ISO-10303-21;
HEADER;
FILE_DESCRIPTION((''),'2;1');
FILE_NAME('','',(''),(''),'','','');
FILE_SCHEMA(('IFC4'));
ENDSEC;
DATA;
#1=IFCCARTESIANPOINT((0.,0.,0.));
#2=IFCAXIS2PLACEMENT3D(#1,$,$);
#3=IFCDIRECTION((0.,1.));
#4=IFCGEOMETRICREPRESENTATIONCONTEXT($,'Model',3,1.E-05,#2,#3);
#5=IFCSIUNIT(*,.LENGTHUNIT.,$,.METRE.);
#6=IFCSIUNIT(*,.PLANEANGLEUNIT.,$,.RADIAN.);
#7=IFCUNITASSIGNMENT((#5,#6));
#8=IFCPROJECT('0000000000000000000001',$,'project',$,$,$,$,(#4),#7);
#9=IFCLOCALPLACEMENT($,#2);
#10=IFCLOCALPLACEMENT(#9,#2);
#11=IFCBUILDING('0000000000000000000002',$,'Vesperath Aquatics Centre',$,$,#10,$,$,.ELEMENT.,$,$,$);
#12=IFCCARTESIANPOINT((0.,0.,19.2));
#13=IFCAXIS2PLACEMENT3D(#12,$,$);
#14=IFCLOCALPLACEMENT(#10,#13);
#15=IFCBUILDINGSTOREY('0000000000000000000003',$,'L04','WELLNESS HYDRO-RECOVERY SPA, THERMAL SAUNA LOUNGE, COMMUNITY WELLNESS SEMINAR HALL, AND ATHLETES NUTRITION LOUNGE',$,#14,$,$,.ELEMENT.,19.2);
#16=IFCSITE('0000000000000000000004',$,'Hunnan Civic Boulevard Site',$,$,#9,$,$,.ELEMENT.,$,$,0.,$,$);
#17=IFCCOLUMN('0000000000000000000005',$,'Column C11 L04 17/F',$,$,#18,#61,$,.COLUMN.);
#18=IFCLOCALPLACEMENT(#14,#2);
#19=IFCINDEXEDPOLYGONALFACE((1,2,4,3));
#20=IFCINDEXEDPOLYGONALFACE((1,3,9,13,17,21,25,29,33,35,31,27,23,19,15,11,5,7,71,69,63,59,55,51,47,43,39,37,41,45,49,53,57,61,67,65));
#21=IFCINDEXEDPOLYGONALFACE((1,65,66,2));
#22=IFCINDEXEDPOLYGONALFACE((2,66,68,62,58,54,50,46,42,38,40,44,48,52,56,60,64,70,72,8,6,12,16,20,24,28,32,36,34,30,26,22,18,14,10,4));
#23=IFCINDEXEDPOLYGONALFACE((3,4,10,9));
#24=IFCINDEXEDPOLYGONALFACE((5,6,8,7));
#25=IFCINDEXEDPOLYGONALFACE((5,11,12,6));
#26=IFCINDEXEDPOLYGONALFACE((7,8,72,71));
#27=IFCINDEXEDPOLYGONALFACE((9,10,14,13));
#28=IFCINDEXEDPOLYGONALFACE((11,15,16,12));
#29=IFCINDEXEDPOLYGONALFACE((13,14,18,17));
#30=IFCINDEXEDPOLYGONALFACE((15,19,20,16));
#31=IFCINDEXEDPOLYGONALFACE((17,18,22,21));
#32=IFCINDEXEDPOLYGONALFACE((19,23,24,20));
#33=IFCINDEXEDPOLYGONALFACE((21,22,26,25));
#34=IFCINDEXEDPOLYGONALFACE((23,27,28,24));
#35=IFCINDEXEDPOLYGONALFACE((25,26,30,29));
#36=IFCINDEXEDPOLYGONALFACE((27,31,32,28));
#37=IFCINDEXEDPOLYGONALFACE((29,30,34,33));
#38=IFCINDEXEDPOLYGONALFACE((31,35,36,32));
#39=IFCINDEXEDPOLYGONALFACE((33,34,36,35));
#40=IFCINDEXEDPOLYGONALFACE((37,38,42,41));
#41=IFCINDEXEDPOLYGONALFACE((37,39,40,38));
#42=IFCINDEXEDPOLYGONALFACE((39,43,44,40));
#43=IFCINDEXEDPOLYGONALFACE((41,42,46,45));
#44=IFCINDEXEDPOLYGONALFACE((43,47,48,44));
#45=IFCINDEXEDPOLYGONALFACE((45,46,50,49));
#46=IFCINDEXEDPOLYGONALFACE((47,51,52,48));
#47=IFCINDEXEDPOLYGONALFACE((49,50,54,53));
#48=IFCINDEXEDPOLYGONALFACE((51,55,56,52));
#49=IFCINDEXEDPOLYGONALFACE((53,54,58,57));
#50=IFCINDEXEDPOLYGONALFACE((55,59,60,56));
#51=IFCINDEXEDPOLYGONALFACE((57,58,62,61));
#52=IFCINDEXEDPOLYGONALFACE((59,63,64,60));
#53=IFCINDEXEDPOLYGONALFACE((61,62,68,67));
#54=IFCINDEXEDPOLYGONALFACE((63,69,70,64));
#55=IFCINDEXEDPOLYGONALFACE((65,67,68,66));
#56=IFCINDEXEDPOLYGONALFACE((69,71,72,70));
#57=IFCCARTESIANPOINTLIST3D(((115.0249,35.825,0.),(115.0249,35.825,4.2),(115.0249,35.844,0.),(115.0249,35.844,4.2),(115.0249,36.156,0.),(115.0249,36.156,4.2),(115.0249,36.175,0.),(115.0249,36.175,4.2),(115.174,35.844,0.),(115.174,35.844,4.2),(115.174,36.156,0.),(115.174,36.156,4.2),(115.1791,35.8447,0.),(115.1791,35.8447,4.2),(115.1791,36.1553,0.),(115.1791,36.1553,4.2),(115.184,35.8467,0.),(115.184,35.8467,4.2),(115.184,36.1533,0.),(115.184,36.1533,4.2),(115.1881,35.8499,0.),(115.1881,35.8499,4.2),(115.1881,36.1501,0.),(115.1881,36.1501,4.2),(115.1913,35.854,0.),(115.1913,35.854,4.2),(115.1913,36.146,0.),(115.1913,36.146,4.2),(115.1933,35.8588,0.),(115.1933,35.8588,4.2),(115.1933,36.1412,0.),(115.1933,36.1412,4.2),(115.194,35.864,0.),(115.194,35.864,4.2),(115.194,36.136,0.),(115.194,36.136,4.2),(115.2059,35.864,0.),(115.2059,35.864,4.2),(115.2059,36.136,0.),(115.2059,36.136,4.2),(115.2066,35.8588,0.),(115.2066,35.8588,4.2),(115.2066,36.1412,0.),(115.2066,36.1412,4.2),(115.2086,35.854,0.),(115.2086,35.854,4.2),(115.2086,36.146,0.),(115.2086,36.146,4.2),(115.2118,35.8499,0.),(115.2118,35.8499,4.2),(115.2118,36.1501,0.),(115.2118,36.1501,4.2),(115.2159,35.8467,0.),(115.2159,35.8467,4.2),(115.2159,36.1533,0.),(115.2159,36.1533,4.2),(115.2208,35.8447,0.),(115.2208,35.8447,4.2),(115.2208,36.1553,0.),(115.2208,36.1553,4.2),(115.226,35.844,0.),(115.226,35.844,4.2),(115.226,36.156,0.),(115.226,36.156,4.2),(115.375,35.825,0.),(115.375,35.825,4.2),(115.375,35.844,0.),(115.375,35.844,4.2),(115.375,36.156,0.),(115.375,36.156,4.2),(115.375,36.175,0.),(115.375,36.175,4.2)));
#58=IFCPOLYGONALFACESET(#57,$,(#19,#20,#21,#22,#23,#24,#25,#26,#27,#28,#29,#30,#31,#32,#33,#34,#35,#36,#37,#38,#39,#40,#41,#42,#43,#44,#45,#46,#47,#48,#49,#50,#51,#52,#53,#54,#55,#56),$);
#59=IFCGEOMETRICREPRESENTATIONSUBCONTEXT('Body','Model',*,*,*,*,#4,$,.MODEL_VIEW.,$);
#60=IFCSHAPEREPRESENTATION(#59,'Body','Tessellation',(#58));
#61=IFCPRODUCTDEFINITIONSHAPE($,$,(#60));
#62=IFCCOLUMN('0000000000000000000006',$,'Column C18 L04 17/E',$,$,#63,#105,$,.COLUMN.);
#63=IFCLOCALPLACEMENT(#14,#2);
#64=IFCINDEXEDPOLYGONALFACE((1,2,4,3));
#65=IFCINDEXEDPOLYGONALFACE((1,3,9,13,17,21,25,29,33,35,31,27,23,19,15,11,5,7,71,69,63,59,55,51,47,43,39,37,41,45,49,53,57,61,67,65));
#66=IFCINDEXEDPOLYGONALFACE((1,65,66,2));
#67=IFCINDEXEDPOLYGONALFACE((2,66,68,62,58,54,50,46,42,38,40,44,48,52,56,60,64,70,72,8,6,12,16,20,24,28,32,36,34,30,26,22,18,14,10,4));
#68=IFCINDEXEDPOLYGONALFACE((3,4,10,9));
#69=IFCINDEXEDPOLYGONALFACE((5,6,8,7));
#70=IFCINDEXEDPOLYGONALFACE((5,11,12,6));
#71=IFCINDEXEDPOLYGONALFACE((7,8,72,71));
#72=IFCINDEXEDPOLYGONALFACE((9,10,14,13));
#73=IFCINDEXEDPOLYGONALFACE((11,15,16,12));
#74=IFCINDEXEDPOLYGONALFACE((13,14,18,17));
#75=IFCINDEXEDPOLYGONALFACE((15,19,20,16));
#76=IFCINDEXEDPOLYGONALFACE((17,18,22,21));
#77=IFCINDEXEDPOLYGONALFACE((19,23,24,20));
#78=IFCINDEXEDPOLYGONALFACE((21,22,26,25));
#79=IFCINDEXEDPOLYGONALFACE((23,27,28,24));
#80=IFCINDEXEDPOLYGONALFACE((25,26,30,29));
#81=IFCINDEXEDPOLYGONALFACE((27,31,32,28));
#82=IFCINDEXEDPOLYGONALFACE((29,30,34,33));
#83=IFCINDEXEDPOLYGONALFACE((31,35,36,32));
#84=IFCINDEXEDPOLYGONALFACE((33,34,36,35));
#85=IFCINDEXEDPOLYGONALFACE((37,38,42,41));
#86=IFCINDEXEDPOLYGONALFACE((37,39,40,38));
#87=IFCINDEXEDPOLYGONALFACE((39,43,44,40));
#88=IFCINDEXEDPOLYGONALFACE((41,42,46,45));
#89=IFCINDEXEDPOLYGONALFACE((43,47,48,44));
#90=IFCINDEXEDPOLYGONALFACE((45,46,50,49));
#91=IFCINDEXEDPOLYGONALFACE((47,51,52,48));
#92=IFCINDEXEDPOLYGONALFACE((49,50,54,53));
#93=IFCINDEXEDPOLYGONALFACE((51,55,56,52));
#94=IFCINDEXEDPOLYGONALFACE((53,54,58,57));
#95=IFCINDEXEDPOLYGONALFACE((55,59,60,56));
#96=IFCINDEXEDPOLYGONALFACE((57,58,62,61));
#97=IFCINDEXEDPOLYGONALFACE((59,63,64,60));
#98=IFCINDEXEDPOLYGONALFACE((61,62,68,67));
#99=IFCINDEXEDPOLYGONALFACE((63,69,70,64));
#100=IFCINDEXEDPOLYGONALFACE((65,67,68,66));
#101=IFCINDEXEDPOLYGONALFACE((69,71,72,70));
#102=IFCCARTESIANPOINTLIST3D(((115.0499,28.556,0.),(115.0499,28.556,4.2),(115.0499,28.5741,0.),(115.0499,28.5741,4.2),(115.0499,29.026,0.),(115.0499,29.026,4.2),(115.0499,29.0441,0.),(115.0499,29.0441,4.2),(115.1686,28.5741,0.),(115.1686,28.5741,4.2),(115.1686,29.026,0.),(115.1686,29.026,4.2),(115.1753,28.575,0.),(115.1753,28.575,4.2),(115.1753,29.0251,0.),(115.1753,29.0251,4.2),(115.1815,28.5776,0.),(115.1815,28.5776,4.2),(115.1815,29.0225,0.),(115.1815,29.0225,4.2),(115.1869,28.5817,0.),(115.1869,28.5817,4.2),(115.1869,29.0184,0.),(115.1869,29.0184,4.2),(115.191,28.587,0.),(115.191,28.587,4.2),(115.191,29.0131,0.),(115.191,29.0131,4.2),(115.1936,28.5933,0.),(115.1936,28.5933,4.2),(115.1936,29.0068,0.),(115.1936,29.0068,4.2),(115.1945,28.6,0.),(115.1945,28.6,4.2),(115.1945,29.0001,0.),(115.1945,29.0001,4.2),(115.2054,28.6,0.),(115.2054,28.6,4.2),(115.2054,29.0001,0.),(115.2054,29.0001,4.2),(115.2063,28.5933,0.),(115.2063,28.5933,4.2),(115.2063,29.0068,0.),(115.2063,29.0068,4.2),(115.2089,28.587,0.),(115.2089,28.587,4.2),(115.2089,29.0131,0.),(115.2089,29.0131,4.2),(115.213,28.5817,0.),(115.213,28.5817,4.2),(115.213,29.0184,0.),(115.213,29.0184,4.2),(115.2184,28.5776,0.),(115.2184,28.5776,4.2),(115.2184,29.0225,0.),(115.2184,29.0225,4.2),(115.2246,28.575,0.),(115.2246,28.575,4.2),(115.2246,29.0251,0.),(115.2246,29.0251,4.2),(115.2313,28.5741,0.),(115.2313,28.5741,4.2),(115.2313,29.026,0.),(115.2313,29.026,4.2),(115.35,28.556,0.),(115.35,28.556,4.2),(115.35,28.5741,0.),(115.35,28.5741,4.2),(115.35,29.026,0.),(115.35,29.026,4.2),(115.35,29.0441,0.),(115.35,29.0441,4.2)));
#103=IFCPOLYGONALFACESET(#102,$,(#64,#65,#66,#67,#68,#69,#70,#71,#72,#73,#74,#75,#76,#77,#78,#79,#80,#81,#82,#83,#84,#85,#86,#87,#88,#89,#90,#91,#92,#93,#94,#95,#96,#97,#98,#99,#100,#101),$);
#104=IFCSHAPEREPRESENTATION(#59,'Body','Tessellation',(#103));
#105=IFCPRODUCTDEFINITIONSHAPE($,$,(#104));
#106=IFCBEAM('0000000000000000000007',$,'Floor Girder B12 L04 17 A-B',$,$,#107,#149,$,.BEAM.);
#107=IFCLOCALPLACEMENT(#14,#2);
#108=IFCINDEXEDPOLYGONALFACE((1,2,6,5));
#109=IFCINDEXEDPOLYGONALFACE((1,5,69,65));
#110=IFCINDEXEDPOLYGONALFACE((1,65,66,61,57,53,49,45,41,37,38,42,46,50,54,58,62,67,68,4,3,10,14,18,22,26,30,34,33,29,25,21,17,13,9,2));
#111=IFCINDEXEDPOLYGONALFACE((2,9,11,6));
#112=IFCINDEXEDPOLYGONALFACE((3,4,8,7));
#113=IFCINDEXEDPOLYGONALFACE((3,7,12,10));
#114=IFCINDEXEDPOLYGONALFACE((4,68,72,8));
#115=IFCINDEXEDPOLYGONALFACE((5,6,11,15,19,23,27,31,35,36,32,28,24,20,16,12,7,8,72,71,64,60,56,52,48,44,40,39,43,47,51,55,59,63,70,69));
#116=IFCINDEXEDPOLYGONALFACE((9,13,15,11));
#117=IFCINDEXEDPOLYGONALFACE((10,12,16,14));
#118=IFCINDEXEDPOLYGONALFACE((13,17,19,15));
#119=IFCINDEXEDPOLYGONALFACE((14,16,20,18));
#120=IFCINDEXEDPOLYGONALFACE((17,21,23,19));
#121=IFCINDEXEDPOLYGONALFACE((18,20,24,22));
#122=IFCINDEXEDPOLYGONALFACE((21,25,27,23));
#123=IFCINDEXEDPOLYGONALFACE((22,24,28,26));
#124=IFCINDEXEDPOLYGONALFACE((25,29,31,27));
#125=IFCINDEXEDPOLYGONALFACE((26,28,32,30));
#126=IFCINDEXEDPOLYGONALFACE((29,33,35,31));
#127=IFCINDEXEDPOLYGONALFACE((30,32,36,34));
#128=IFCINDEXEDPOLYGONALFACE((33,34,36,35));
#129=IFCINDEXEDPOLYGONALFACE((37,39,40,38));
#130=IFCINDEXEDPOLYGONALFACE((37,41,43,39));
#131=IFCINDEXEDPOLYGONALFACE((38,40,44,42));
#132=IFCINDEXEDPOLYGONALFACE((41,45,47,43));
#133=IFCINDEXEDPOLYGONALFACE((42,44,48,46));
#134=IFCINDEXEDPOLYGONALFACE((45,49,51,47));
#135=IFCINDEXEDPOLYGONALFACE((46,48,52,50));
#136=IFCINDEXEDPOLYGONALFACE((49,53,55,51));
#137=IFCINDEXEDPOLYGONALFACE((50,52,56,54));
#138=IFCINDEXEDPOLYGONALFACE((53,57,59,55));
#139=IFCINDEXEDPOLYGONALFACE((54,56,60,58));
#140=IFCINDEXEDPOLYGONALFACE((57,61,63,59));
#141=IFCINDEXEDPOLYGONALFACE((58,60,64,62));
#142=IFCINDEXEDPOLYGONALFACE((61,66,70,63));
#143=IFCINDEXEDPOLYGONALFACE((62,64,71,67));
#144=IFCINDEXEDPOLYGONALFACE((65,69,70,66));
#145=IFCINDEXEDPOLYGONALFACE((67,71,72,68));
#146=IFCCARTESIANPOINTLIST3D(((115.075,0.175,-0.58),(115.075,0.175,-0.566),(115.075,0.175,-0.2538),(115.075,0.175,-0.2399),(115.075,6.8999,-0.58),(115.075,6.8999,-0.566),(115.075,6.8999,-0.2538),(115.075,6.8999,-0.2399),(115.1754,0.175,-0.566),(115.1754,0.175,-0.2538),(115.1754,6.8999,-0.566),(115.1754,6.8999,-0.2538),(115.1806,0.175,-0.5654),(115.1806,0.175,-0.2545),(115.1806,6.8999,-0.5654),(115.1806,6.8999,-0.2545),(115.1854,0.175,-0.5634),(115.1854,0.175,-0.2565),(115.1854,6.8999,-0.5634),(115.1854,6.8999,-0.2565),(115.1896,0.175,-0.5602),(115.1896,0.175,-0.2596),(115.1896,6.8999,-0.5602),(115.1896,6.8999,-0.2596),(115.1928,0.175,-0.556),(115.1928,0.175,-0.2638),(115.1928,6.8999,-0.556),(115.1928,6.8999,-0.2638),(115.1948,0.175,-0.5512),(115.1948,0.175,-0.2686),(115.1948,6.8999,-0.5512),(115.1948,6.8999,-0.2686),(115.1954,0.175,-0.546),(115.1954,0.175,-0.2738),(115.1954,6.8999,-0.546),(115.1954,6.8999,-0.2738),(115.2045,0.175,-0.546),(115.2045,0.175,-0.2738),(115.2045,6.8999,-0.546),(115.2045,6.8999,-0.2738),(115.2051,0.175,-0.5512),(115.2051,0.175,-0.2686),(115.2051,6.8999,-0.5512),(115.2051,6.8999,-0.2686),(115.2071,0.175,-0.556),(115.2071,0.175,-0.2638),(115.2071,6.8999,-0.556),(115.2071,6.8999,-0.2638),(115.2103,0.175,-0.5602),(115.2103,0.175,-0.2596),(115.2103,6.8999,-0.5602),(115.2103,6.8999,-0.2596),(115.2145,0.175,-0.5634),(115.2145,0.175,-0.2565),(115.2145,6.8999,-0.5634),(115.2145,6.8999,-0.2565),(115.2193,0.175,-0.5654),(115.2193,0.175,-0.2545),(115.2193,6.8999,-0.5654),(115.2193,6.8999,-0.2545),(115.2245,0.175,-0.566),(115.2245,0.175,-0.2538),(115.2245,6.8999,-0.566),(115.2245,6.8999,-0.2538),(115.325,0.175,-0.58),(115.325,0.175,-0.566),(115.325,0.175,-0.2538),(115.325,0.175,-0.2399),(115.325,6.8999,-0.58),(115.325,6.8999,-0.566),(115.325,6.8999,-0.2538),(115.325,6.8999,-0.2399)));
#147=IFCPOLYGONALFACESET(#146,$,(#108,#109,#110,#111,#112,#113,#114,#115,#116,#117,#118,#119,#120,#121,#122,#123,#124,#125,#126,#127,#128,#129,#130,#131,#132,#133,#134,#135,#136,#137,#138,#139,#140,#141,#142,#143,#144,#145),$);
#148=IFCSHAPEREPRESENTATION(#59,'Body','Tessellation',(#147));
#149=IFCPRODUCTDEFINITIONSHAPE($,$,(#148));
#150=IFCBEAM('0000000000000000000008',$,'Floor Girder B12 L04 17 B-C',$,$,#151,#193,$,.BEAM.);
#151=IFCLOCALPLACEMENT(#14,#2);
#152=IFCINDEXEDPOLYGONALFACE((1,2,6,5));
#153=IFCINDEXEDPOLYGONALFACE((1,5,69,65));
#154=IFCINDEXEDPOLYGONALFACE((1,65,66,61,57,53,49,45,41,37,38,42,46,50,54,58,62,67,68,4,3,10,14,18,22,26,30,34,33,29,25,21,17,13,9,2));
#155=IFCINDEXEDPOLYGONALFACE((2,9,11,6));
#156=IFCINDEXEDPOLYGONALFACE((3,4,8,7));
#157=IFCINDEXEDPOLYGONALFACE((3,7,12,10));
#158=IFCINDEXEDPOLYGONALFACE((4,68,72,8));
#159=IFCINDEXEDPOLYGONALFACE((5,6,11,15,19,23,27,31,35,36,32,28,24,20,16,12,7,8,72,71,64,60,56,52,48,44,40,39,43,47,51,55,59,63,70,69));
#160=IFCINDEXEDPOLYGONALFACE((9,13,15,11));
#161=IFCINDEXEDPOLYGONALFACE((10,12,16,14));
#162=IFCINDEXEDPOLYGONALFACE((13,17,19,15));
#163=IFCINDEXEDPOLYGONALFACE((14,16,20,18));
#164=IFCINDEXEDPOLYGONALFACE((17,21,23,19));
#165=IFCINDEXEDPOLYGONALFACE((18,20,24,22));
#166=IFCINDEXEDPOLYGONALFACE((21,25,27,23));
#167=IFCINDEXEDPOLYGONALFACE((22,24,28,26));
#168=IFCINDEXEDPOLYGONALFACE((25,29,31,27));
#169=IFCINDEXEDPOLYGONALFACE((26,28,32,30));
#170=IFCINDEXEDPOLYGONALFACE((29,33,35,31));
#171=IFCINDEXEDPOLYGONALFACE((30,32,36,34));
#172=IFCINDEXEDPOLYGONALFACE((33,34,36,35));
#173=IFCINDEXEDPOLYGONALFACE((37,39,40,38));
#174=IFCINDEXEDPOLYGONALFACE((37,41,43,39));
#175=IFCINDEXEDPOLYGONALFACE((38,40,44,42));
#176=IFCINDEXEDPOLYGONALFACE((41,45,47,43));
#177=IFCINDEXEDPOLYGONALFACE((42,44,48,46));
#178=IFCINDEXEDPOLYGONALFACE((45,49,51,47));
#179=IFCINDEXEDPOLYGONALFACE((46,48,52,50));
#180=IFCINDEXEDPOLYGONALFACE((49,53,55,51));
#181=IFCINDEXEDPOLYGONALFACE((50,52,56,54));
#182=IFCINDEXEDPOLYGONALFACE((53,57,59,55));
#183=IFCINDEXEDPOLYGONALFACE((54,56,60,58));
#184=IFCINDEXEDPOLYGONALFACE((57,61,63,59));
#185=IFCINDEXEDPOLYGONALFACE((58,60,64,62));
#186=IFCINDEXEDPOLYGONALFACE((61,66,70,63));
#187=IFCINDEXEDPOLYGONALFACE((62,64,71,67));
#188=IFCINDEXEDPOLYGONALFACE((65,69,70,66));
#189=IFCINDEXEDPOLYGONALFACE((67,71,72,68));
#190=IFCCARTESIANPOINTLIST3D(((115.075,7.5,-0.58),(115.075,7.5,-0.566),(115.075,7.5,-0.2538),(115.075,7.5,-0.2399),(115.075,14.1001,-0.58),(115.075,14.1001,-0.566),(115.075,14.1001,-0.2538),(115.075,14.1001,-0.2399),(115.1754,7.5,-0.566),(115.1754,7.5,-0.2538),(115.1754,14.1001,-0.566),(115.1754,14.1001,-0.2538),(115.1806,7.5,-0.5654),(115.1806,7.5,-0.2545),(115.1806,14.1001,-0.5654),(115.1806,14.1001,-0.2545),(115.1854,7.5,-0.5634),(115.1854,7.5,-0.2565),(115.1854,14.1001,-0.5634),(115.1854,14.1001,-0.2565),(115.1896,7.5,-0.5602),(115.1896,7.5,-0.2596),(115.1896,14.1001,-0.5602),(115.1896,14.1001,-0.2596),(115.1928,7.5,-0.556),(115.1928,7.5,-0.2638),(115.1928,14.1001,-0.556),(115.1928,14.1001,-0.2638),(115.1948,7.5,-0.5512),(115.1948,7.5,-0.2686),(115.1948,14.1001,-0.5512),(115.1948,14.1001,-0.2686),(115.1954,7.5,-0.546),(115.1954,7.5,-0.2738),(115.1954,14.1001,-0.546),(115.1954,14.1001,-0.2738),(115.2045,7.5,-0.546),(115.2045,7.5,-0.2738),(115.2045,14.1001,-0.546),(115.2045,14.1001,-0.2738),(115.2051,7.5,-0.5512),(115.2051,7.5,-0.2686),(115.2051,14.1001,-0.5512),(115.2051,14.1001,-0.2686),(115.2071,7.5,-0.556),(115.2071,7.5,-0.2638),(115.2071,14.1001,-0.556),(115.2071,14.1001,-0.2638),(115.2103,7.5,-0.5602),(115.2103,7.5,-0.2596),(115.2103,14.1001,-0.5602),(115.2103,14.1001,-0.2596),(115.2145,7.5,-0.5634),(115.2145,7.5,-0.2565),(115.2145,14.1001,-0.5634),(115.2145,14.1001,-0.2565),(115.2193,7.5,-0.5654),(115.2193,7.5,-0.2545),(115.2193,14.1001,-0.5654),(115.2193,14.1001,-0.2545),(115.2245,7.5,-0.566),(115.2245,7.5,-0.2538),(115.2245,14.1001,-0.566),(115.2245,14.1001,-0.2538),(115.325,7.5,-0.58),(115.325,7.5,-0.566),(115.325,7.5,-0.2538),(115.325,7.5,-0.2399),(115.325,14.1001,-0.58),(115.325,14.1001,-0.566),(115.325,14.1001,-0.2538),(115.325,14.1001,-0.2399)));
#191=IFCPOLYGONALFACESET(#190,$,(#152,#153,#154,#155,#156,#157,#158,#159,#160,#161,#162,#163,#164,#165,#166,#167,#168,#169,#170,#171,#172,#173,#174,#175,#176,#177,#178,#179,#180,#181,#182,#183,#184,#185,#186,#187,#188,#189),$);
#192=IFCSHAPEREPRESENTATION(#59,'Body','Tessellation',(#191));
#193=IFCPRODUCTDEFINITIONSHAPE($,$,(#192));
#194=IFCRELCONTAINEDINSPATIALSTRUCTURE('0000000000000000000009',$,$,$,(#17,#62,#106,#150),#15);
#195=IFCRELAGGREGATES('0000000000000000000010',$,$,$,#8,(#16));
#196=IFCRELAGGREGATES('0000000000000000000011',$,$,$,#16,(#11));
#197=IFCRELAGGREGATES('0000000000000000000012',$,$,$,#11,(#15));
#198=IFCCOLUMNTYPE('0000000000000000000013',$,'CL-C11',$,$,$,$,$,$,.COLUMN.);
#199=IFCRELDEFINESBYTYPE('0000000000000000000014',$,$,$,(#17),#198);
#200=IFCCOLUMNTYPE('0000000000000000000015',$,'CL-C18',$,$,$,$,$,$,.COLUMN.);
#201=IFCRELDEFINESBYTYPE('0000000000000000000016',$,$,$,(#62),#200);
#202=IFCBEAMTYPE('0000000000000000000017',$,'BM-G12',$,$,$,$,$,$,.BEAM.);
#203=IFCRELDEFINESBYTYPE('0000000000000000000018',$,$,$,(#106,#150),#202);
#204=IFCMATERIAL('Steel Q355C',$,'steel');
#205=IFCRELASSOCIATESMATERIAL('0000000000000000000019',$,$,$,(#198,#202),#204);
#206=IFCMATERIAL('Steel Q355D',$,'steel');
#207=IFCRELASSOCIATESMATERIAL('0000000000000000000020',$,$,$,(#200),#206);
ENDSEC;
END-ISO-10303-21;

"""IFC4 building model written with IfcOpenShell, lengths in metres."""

from ifc_helpers import new_model, si_unit, direction, frame, origin, origin_2d, place, context, subcontext, project, spatial, i_section, extrude, material, material_profile, profile_set, type_object, element, save


model = new_model("IFC4")

# Units and contexts
model_context = context("Model", 3, precision=1e-05, world=origin(), true_north=direction((0.0, 1.0)))
body_context = subcontext(model_context, "Body", "Model", "MODEL_VIEW")
ifc_project = project(units=[si_unit("LENGTHUNIT", "METRE"), si_unit("PLANEANGLEUNIT", "RADIAN")], contexts=[model_context])

# Site, building, storey
site_placement = place(None, origin())
site = spatial("IfcSite", under=ifc_project, at=site_placement, Name="Hunnan Civic Boulevard Site", CompositionType="ELEMENT", RefElevation=0.0)
building_placement = place(site_placement, origin())
building = spatial("IfcBuilding", under=site, at=building_placement, Name="Vesperath Aquatics Centre", CompositionType="ELEMENT")
storey_placement = place(building_placement, frame((0.0, 0.0, 19.2)))
storey = spatial("IfcBuildingStorey", under=building, at=storey_placement, Name="L04", Description="WELLNESS HYDRO-RECOVERY SPA, THERMAL SAUNA LOUNGE, COMMUNITY WELLNESS SEMINAR HALL, AND ATHLETES NUTRITION LOUNGE", CompositionType="ELEMENT", Elevation=19.2)

# Columns
ifc_material_1 = material(Name="Steel Q355C", Category="steel")
ifc_material_profile_1 = material_profile(ifc_material_1, i_section(OverallWidth=0.3501, OverallDepth=0.3501, WebThickness=0.012, FlangeThickness=0.019, FilletRadius=0.02, at=origin_2d()), Name="HW 350x350x12x19")
ifc_profile_set_1 = profile_set([ifc_material_profile_1], Name="Steel Q355C")
column_type_1 = type_object("IfcColumnType", Name="CL-C11", PredefinedType="COLUMN", material=ifc_profile_set_1)
for number, where, z_axis, x_axis, name in (
    (1, (115.2, 36.0, 0.0), (0.0, 0.0, 1.0), (1.0, 0.0, 0.0), "Column C11 L04 17/F"),
):
    element("IfcColumn", number, at=place(storey_placement, frame(where, z_axis=z_axis, x_axis=x_axis)), inside=storey, type_object=column_type_1, Name=name, PredefinedType="COLUMN", context=body_context, shape_type="SweptSolid", body=[
        extrude(i_section(OverallWidth=0.3501, OverallDepth=0.3501, WebThickness=0.012, FlangeThickness=0.019, FilletRadius=0.02, at=origin_2d()), origin(), (0.0, 0.0, 1.0), 4.2),
    ])
ifc_material_2 = material(Name="Steel Q355D", Category="steel")
ifc_material_profile_2 = material_profile(ifc_material_2, i_section(OverallWidth=0.3, OverallDepth=0.488, WebThickness=0.011, FlangeThickness=0.0181, FilletRadius=0.0259, at=origin_2d()), Name="HM 488x300x11x18")
ifc_profile_set_2 = profile_set([ifc_material_profile_2], Name="Steel Q355D")
column_type_2 = type_object("IfcColumnType", Name="CL-C18", PredefinedType="COLUMN", material=ifc_profile_set_2)
column_placement = place(storey_placement, frame((115.2, 28.8, 0.0), z_axis=(0.0, 0.0, 1.0), x_axis=(1.0, 0.0, 0.0)))
element("IfcColumn", 2, at=column_placement, inside=storey, type_object=column_type_2, Name="Column C18 L04 17/E", PredefinedType="COLUMN", context=body_context, shape_type="SweptSolid", body=[
    extrude(i_section(OverallWidth=0.3, OverallDepth=0.488, WebThickness=0.011, FlangeThickness=0.0181, FilletRadius=0.0259, at=origin_2d()), origin(), (0.0, 0.0, 1.0), 4.2),
])

# Beams
ifc_material_profile_3 = material_profile(ifc_material_1, i_section(OverallWidth=0.25, OverallDepth=0.3401, WebThickness=0.009, FlangeThickness=0.0139, FilletRadius=0.02, at=origin_2d()), Name="HM 340x250x9x14")
ifc_profile_set_3 = profile_set([ifc_material_profile_3], Name="Steel Q355C")
beam_type = type_object("IfcBeamType", Name="BM-G12", PredefinedType="BEAM", material=ifc_profile_set_3)
beam_1_placement = place(storey_placement, frame((115.2, 0.175, -0.4099), z_axis=(0.0, 1.0, 0.0), x_axis=(-1.0, 0.0, 0.0)))
element("IfcBeam", 3, at=beam_1_placement, inside=storey, type_object=beam_type, Name="Floor Girder B12 L04 17 A-B", PredefinedType="BEAM", context=body_context, shape_type="SweptSolid", body=[
    extrude(i_section(OverallWidth=0.25, OverallDepth=0.3401, WebThickness=0.009, FlangeThickness=0.0139, FilletRadius=0.02, at=origin_2d()), origin(), (0.0, 0.0, 1.0), 6.7249),
])
for number, where, z_axis, x_axis, name in (
    (4, (115.2, 7.5, -0.4099), (0.0, 1.0, 0.0), (-1.0, 0.0, 0.0), "Floor Girder B12 L04 17 B-C"),
):
    element("IfcBeam", number, at=place(storey_placement, frame(where, z_axis=z_axis, x_axis=x_axis)), inside=storey, type_object=beam_type, Name=name, PredefinedType="BEAM", context=body_context, shape_type="SweptSolid", body=[
        extrude(i_section(OverallWidth=0.25, OverallDepth=0.3401, WebThickness=0.009, FlangeThickness=0.0139, FilletRadius=0.02, at=origin_2d()), origin(), (0.0, 0.0, 1.0), 6.6001),
    ])

save(model, "model.ifc")
